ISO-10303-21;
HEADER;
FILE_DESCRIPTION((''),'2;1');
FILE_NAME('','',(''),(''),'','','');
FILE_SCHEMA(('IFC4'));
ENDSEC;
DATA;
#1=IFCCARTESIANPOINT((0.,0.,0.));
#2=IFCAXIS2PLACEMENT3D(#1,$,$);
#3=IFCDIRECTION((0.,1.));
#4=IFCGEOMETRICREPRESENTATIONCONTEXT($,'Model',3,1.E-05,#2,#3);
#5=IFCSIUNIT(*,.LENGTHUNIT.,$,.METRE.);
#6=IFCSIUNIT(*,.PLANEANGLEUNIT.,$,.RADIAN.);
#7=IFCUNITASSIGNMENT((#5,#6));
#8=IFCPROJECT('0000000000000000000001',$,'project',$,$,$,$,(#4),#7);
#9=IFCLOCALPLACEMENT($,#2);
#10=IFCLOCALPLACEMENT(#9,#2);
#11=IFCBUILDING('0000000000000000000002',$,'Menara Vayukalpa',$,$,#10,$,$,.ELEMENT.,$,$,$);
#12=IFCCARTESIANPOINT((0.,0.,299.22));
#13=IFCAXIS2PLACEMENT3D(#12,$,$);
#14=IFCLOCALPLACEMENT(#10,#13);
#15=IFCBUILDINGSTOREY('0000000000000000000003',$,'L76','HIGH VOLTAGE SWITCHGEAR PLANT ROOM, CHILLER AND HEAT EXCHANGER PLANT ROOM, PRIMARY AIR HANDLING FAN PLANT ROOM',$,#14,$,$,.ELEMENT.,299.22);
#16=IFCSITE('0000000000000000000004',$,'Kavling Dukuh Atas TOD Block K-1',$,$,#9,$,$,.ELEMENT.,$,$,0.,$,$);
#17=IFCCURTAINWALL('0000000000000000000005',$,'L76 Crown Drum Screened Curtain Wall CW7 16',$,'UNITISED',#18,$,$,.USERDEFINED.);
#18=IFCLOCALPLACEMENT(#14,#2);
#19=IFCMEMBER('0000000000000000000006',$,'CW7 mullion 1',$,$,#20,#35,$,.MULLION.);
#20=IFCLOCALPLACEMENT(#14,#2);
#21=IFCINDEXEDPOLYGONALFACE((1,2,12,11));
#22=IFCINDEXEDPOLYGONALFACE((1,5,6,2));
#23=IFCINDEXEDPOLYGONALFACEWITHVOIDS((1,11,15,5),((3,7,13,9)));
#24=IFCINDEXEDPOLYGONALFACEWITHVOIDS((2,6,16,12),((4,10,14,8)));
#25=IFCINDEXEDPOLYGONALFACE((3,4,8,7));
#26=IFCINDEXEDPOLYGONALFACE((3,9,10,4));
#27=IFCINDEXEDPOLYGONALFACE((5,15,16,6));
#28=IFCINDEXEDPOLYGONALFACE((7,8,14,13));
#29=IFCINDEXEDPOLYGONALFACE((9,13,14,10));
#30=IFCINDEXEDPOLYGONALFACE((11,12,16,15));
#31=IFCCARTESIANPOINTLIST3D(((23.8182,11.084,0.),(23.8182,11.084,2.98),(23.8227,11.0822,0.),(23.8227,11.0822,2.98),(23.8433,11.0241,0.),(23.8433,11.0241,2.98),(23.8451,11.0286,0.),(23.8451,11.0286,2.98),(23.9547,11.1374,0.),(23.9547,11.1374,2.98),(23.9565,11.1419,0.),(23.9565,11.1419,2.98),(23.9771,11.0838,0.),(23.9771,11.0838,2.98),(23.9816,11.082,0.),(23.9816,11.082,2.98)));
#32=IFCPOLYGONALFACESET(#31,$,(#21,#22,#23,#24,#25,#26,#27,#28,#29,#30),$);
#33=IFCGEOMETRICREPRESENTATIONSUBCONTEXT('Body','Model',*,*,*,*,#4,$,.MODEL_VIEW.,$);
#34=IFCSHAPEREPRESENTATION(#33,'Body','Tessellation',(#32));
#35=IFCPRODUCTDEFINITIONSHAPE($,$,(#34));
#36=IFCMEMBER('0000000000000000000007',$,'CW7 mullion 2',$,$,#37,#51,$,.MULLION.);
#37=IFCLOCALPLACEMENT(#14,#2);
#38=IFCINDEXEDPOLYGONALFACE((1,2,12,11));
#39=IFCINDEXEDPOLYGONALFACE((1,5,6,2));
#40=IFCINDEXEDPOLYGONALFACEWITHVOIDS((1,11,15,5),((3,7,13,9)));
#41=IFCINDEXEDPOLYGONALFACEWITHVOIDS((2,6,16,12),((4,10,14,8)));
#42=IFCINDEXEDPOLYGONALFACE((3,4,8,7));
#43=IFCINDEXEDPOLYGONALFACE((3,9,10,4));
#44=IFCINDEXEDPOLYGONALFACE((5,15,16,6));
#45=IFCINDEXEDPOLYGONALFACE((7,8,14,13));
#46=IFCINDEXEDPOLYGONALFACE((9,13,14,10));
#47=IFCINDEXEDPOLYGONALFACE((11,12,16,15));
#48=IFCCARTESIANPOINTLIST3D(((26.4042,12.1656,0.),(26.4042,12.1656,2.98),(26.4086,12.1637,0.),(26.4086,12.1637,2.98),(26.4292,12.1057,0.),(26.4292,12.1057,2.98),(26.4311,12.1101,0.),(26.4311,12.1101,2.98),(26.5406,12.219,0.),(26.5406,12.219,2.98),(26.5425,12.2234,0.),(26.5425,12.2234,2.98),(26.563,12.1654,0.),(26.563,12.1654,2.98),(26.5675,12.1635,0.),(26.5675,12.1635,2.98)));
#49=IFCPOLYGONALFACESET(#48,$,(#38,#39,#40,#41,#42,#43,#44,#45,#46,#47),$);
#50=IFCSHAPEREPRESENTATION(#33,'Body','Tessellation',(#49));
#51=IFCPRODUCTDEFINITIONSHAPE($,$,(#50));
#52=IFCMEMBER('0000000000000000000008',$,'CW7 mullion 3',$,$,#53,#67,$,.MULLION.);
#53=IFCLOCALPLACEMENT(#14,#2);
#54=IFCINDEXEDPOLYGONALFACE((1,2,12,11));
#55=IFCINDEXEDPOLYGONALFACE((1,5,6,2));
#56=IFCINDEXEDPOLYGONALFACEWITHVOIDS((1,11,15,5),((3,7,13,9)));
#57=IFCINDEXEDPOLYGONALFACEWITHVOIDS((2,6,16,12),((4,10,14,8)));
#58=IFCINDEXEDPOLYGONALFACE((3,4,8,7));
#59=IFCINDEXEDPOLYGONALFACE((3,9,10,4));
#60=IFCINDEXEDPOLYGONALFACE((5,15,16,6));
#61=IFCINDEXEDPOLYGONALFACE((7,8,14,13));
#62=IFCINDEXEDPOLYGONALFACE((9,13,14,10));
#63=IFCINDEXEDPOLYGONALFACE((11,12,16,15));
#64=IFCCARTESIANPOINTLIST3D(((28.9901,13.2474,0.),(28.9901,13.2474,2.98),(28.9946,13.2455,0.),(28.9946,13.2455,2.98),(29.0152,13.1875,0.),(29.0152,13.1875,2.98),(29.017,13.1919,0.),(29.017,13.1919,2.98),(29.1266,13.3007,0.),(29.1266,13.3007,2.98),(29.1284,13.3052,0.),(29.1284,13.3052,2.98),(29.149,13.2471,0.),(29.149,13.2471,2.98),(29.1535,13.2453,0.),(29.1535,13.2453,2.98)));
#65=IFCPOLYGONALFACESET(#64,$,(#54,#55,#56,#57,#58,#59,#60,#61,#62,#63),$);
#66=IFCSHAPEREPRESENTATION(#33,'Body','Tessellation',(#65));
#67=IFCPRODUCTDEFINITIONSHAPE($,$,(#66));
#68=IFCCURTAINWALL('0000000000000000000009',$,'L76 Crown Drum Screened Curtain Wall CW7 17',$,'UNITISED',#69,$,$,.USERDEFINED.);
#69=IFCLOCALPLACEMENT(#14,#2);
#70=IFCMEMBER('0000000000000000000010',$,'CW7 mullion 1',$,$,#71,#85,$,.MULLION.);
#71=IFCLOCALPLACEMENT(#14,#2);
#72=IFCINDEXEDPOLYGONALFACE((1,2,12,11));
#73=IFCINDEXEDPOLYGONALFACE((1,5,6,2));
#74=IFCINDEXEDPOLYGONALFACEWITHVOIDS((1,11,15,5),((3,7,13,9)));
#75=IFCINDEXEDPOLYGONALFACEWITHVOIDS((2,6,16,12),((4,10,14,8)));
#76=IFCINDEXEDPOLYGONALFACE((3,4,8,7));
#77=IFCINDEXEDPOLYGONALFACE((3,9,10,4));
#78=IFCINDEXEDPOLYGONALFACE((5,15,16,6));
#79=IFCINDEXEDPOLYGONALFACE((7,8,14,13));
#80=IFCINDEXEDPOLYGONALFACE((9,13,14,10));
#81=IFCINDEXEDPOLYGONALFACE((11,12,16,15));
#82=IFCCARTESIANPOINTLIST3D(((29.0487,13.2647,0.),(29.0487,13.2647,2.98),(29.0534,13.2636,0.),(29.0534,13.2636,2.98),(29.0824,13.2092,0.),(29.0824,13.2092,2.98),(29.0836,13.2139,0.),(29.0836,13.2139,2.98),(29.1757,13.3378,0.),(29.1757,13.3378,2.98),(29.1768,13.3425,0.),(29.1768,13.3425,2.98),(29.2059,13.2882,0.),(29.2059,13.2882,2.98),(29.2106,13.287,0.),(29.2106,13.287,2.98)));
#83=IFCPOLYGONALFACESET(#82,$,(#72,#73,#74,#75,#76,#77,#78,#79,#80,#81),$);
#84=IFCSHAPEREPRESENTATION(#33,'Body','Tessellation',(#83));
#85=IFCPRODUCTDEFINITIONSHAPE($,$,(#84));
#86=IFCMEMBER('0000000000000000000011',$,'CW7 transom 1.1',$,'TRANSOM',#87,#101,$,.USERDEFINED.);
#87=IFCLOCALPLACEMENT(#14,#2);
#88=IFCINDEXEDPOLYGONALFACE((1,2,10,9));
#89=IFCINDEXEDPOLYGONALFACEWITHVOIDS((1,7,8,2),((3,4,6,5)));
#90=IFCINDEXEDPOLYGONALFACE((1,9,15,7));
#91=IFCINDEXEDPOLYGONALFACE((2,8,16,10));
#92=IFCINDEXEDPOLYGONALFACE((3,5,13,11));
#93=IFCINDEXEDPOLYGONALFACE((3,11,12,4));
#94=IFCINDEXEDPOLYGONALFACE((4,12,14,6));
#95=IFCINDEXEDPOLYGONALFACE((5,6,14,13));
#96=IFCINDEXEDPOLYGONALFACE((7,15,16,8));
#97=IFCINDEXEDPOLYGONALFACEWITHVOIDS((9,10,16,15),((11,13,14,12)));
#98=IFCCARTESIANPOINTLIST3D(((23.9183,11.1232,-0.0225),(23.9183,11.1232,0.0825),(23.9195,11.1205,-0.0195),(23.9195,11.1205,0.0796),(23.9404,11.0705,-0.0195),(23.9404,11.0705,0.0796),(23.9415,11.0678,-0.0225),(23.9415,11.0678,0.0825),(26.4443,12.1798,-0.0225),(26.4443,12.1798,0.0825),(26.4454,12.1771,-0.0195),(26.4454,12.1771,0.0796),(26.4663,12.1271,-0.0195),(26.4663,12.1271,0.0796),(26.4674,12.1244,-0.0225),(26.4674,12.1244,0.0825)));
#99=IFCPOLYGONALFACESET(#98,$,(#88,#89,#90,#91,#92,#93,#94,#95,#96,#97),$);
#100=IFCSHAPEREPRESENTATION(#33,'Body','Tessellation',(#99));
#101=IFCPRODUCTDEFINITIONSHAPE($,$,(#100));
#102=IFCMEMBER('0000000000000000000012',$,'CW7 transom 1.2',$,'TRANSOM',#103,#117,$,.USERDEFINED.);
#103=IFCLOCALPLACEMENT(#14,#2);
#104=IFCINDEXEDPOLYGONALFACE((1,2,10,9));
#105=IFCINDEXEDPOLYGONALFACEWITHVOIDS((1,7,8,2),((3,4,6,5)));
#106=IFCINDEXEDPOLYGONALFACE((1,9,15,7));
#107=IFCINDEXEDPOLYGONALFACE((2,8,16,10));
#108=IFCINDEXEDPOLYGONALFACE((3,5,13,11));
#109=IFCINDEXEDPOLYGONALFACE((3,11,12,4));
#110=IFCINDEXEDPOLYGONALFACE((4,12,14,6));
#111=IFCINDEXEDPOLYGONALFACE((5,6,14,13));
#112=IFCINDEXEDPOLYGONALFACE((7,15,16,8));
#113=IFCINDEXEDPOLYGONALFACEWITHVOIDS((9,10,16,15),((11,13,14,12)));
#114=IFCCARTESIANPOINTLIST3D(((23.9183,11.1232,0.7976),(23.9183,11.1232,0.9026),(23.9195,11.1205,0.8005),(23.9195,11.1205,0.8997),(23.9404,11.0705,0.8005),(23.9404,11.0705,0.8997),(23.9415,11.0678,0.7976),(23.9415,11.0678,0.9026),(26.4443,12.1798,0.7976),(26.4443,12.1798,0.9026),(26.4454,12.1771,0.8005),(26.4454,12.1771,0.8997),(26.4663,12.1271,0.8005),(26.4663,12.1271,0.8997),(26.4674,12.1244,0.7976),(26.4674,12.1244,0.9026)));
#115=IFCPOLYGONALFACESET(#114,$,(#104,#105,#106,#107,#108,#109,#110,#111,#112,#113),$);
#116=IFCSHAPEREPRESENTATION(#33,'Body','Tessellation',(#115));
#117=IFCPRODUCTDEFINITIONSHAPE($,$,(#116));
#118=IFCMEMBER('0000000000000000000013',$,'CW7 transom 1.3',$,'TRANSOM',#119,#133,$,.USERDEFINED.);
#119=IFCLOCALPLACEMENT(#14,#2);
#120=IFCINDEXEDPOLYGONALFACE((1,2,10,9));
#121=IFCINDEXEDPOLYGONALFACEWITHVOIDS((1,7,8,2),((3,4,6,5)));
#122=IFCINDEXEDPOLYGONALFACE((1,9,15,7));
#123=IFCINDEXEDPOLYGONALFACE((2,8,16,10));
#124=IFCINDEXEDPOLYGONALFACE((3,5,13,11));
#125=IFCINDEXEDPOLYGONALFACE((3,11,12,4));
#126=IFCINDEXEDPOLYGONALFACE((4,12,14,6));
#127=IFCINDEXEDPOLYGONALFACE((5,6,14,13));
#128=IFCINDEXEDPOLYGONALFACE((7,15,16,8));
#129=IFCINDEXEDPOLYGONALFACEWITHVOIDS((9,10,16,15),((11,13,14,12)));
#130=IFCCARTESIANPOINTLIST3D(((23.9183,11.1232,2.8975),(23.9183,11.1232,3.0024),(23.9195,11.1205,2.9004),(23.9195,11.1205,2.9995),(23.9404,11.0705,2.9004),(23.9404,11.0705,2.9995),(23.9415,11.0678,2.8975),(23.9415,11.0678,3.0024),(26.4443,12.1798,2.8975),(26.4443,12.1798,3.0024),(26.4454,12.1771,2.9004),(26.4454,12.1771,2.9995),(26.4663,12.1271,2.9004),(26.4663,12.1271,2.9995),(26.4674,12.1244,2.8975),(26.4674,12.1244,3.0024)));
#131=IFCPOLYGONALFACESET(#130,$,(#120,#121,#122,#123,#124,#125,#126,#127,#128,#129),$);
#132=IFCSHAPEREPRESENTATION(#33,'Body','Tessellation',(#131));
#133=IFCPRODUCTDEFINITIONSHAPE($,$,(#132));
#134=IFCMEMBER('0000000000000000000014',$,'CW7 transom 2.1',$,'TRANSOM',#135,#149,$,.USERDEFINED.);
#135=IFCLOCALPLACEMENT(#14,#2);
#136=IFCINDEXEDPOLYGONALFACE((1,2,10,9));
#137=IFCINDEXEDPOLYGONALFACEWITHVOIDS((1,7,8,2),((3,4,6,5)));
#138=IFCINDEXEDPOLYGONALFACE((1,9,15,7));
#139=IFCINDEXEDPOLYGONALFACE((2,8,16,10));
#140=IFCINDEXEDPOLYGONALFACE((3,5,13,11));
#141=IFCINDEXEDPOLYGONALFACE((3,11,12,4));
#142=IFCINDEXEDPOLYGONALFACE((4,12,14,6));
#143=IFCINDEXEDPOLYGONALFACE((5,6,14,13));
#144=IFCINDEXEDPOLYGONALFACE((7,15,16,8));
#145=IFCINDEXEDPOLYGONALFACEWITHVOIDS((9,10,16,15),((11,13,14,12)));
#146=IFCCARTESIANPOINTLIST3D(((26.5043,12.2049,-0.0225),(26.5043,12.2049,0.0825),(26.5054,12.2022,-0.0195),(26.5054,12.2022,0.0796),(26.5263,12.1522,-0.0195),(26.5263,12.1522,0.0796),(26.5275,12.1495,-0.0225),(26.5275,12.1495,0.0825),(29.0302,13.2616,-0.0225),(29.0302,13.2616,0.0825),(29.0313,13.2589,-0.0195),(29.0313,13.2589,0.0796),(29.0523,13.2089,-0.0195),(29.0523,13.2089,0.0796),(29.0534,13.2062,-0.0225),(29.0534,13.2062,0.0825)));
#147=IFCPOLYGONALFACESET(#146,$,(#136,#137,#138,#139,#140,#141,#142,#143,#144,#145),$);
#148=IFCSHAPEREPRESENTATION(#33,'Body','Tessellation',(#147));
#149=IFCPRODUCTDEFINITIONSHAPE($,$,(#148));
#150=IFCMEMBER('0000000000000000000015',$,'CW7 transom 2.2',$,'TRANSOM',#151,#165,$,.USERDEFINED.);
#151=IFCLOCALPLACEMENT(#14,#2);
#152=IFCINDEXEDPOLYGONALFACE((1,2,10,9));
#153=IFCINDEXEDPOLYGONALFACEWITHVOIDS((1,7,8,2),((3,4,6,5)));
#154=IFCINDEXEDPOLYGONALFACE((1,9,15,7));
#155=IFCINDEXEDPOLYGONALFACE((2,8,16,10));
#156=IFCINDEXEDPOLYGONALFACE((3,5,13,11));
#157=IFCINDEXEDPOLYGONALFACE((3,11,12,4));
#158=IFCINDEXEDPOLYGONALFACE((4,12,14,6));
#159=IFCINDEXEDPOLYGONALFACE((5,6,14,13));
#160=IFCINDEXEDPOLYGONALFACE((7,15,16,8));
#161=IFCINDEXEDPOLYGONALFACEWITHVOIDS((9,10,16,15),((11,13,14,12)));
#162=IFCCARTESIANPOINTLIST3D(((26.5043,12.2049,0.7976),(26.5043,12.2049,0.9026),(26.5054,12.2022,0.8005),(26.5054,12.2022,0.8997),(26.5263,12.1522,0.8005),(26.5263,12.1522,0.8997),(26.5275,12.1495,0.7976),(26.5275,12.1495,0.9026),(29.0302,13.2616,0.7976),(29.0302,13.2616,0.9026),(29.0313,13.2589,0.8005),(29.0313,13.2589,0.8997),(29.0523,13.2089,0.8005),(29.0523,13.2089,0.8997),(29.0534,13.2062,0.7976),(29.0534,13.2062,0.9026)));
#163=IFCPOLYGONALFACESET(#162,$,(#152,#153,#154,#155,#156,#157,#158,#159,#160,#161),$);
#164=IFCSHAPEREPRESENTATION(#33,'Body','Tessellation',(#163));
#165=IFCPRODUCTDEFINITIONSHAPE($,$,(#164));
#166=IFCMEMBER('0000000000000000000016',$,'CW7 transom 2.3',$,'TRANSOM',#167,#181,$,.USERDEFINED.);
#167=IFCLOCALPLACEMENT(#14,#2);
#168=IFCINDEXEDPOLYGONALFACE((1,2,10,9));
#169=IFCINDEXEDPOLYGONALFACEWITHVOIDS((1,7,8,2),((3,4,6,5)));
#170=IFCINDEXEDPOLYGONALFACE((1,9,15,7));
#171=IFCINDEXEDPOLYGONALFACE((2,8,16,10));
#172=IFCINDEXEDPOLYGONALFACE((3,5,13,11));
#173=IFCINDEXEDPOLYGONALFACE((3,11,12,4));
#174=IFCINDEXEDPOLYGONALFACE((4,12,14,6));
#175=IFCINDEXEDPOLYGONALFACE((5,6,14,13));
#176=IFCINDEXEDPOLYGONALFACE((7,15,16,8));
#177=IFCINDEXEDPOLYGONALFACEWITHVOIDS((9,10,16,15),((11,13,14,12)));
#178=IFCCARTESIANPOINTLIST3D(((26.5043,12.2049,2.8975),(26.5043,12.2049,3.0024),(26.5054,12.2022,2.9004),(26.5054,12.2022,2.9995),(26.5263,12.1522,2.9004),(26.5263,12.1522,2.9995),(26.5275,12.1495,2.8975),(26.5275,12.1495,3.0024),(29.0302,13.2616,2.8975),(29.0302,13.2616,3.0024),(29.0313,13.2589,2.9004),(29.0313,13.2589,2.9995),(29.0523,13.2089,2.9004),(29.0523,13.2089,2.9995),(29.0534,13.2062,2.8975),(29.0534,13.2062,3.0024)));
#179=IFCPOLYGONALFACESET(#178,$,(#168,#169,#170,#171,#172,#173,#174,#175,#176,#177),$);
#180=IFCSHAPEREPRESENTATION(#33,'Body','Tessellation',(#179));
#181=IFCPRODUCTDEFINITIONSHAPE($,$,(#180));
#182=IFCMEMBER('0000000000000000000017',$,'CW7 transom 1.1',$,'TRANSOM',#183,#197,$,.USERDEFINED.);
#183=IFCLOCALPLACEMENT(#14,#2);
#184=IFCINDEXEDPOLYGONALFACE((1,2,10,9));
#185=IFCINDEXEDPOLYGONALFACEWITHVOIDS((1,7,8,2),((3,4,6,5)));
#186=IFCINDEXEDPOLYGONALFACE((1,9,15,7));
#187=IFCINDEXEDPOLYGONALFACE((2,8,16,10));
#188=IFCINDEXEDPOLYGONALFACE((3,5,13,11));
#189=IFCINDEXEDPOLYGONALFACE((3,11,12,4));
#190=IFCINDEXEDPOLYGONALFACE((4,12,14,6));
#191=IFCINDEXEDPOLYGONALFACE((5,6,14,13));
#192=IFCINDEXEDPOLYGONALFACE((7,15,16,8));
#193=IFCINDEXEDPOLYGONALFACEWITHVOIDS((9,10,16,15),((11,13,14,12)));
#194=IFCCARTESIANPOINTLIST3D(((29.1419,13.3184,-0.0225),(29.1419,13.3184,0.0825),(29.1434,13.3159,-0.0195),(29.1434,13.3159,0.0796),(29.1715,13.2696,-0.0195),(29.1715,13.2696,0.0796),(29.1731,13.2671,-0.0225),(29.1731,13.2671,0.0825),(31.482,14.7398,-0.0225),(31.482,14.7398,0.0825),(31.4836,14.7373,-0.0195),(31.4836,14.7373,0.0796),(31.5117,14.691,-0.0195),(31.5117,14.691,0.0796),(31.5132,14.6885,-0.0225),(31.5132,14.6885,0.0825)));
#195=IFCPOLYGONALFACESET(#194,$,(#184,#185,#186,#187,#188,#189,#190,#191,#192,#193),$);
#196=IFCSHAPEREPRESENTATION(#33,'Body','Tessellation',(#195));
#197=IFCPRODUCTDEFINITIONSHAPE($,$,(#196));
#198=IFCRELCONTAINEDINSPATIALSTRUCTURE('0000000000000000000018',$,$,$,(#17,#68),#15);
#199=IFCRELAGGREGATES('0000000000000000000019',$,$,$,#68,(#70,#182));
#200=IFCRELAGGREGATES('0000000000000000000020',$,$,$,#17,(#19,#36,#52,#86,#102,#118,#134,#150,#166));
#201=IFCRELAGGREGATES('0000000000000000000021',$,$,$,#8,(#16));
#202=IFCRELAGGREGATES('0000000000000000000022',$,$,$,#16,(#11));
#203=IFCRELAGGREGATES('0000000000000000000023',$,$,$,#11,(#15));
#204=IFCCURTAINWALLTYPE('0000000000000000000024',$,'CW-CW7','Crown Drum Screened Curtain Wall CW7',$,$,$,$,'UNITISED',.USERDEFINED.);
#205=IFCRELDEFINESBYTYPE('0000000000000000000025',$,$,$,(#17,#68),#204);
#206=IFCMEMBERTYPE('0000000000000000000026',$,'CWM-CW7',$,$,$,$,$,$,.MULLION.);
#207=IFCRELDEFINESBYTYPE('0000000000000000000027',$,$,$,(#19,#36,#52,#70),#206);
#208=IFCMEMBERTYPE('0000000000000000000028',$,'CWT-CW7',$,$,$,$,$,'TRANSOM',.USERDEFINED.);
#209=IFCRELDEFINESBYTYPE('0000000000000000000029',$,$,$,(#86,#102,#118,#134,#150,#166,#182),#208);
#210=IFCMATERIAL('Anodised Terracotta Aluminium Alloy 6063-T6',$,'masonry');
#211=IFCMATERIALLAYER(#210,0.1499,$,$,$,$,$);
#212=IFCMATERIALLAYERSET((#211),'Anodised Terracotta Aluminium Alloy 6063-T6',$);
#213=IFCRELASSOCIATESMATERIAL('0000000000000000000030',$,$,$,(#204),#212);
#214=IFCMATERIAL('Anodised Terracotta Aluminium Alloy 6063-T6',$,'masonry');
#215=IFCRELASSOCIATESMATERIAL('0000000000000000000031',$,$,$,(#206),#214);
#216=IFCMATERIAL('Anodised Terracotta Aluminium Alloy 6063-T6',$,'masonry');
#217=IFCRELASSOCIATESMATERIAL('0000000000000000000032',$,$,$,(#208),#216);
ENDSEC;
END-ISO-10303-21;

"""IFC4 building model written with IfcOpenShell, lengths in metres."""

from ifc_helpers import new_model, si_unit, direction, frame, origin, origin_2d, place, context, subcontext, project, spatial, hollow_rectangle, extrude, material, layer, layer_set, material_profile, profile_set, type_object, element, aggregate, save


model = new_model("IFC4")

# Units and contexts
model_context = context("Model", 3, precision=1e-05, world=origin(), true_north=direction((0.0, 1.0)))
body_context = subcontext(model_context, "Body", "Model", "MODEL_VIEW")
ifc_project = project(units=[si_unit("LENGTHUNIT", "METRE"), si_unit("PLANEANGLEUNIT", "RADIAN")], contexts=[model_context])

# Site, building, storey
site_placement = place(None, origin())
site = spatial("IfcSite", under=ifc_project, at=site_placement, Name="Kavling Dukuh Atas TOD Block K-1", CompositionType="ELEMENT", RefElevation=0.0)
building_placement = place(site_placement, origin())
building = spatial("IfcBuilding", under=site, at=building_placement, Name="Menara Vayukalpa", CompositionType="ELEMENT")
storey_placement = place(building_placement, frame((0.0, 0.0, 299.22)))
storey = spatial("IfcBuildingStorey", under=building, at=storey_placement, Name="L76", Description="HIGH VOLTAGE SWITCHGEAR PLANT ROOM, CHILLER AND HEAT EXCHANGER PLANT ROOM, PRIMARY AIR HANDLING FAN PLANT ROOM", CompositionType="ELEMENT", Elevation=299.22)

# Curtain wall, members
ifc_material_1 = material(Name="Anodised Terracotta Aluminium Alloy 6063-T6", Category="masonry")
ifc_layer_1 = layer(ifc_material_1, 0.1499)
ifc_layer_set_1 = layer_set([ifc_layer_1], Name="Anodised Terracotta Aluminium Alloy 6063-T6")
curtain_wall_type = type_object("IfcCurtainWallType", Name="CW-CW7", Description="Crown Drum Screened Curtain Wall CW7", ElementType="UNITISED", PredefinedType="USERDEFINED", material=ifc_layer_set_1)
curtain_wall_1_placement = place(storey_placement, origin())
curtain_wall_1 = element("IfcCurtainWall", 1, at=curtain_wall_1_placement, inside=storey, type_object=curtain_wall_type, Name="L76 Crown Drum Screened Curtain Wall CW7 16", ObjectType="UNITISED", PredefinedType="USERDEFINED")
ifc_material_2 = material(Name="Anodised Terracotta Aluminium Alloy 6063-T6", Category="masonry")
ifc_material_profile_1 = material_profile(ifc_material_2, hollow_rectangle(XDim=0.0649, YDim=0.1499, WallThickness=0.0034, at=origin_2d()), Name="ALU 65x150x3.5")
ifc_profile_set_1 = profile_set([ifc_material_profile_1], Name="Anodised Terracotta Aluminium Alloy 6063-T6")
member_type_1 = type_object("IfcMemberType", Name="CWM-CW7", PredefinedType="MULLION", material=ifc_profile_set_1)
member_1_placement = place(storey_placement, frame((23.8999, 11.083, 0.0), z_axis=(0.0, 0.0, 1.0), x_axis=(-0.385898, 0.922541, 0.0)))
member_1 = element("IfcMember", 2, at=member_1_placement, type_object=member_type_1, Name="CW7 mullion 1", PredefinedType="MULLION", context=body_context, shape_type="SweptSolid", body=[
    extrude(hollow_rectangle(XDim=0.0649, YDim=0.1499, WallThickness=0.0034, at=origin_2d()), origin(), (0.0, 0.0, 1.0), 2.98),
])
member_2_placement = place(storey_placement, frame((26.4858, 12.1646, 0.0), z_axis=(0.0, 0.0, 1.0), x_axis=(-0.385898, 0.922541, 0.0)))
member_2 = element("IfcMember", 3, at=member_2_placement, type_object=member_type_1, Name="CW7 mullion 2", PredefinedType="MULLION", context=body_context, shape_type="SweptSolid", body=[
    extrude(hollow_rectangle(XDim=0.0649, YDim=0.1499, WallThickness=0.0034, at=origin_2d()), origin(), (0.0, 0.0, 1.0), 2.98),
])
member_3_placement = place(storey_placement, frame((29.0718, 13.2463, 0.0), z_axis=(0.0, 0.0, 1.0), x_axis=(-0.385898, 0.922541, 0.0)))
member_3 = element("IfcMember", 4, at=member_3_placement, type_object=member_type_1, Name="CW7 mullion 3", PredefinedType="MULLION", context=body_context, shape_type="SweptSolid", body=[
    extrude(hollow_rectangle(XDim=0.0649, YDim=0.1499, WallThickness=0.0034, at=origin_2d()), origin(), (0.0, 0.0, 1.0), 2.98),
])

# Curtain wall, member
curtain_wall_2_placement = place(storey_placement, origin())
curtain_wall_2 = element("IfcCurtainWall", 5, at=curtain_wall_2_placement, inside=storey, type_object=curtain_wall_type, Name="L76 Crown Drum Screened Curtain Wall CW7 17", ObjectType="UNITISED", PredefinedType="USERDEFINED")
member_4_placement = place(storey_placement, frame((29.1296, 13.2759, 0.0), z_axis=(0.0, 0.0, 1.0), x_axis=(-0.519176, 0.854667, 0.0)))
member_4 = element("IfcMember", 6, at=member_4_placement, type_object=member_type_1, Name="CW7 mullion 1", PredefinedType="MULLION", context=body_context, shape_type="SweptSolid", body=[
    extrude(hollow_rectangle(XDim=0.0649, YDim=0.1499, WallThickness=0.0034, at=origin_2d()), origin(), (0.0, 0.0, 1.0), 2.98),
])

# Members
ifc_material_3 = material(Name="Anodised Terracotta Aluminium Alloy 6063-T6", Category="masonry")
ifc_material_profile_2 = material_profile(ifc_material_3, hollow_rectangle(XDim=0.0601, YDim=0.105, WallThickness=0.0029, at=origin_2d()), Name="ALU 60x105x3")
ifc_profile_set_2 = profile_set([ifc_material_profile_2], Name="Anodised Terracotta Aluminium Alloy 6063-T6")
member_type_2 = type_object("IfcMemberType", Name="CWT-CW7", ElementType="TRANSOM", PredefinedType="USERDEFINED", material=ifc_profile_set_2)
member_5_placement = place(storey_placement, frame((23.9299, 11.0955, 0.03), z_axis=(0.922533, 0.385919, 0.0), x_axis=(-0.385919, 0.922533, 0.0)))
member_5 = element("IfcMember", 7, at=member_5_placement, type_object=member_type_2, Name="CW7 transom 1.1", ObjectType="TRANSOM", PredefinedType="USERDEFINED", context=body_context, shape_type="SweptSolid", body=[
    extrude(hollow_rectangle(XDim=0.0601, YDim=0.105, WallThickness=0.0029, at=origin_2d()), origin(), (0.0, 0.0, 1.0), 2.738),
])
member_6_placement = place(storey_placement, frame((23.9299, 11.0955, 0.8501), z_axis=(0.922533, 0.385919, 0.0), x_axis=(-0.385919, 0.922533, 0.0)))
member_6 = element("IfcMember", 8, at=member_6_placement, type_object=member_type_2, Name="CW7 transom 1.2", ObjectType="TRANSOM", PredefinedType="USERDEFINED", context=body_context, shape_type="SweptSolid", body=[
    extrude(hollow_rectangle(XDim=0.0601, YDim=0.105, WallThickness=0.0029, at=origin_2d()), origin(), (0.0, 0.0, 1.0), 2.738),
])
member_7_placement = place(storey_placement, frame((23.9299, 11.0955, 2.95), z_axis=(0.922533, 0.385919, 0.0), x_axis=(-0.385919, 0.922533, 0.0)))
member_7 = element("IfcMember", 9, at=member_7_placement, type_object=member_type_2, Name="CW7 transom 1.3", ObjectType="TRANSOM", PredefinedType="USERDEFINED", context=body_context, shape_type="SweptSolid", body=[
    extrude(hollow_rectangle(XDim=0.0601, YDim=0.105, WallThickness=0.0029, at=origin_2d()), origin(), (0.0, 0.0, 1.0), 2.738),
])
member_8_placement = place(storey_placement, frame((26.5159, 12.1772, 0.03), z_axis=(0.922533, 0.385919, 0.0), x_axis=(-0.385919, 0.922533, 0.0)))
member_8 = element("IfcMember", 10, at=member_8_placement, type_object=member_type_2, Name="CW7 transom 2.1", ObjectType="TRANSOM", PredefinedType="USERDEFINED", context=body_context, shape_type="SweptSolid", body=[
    extrude(hollow_rectangle(XDim=0.0601, YDim=0.105, WallThickness=0.0029, at=origin_2d()), origin(), (0.0, 0.0, 1.0), 2.738),
])
member_9_placement = place(storey_placement, frame((26.5159, 12.1772, 0.8501), z_axis=(0.922533, 0.385919, 0.0), x_axis=(-0.385919, 0.922533, 0.0)))
member_9 = element("IfcMember", 11, at=member_9_placement, type_object=member_type_2, Name="CW7 transom 2.2", ObjectType="TRANSOM", PredefinedType="USERDEFINED", context=body_context, shape_type="SweptSolid", body=[
    extrude(hollow_rectangle(XDim=0.0601, YDim=0.105, WallThickness=0.0029, at=origin_2d()), origin(), (0.0, 0.0, 1.0), 2.738),
])
member_10_placement = place(storey_placement, frame((26.5159, 12.1772, 2.95), z_axis=(0.922533, 0.385919, 0.0), x_axis=(-0.385919, 0.922533, 0.0)))
member_10 = element("IfcMember", 12, at=member_10_placement, type_object=member_type_2, Name="CW7 transom 2.3", ObjectType="TRANSOM", PredefinedType="USERDEFINED", context=body_context, shape_type="SweptSolid", body=[
    extrude(hollow_rectangle(XDim=0.0601, YDim=0.105, WallThickness=0.0029, at=origin_2d()), origin(), (0.0, 0.0, 1.0), 2.738),
])
member_11_placement = place(storey_placement, frame((29.1575, 13.2927, 0.03), z_axis=(0.854687, 0.519143, 0.0), x_axis=(-0.519143, 0.854687, 0.0)))
member_11 = element("IfcMember", 13, at=member_11_placement, type_object=member_type_2, Name="CW7 transom 1.1", ObjectType="TRANSOM", PredefinedType="USERDEFINED", context=body_context, shape_type="SweptSolid", body=[
    extrude(hollow_rectangle(XDim=0.0601, YDim=0.105, WallThickness=0.0029, at=origin_2d()), origin(), (0.0, 0.0, 1.0), 2.738),
])
aggregate(curtain_wall_2, [member_4, member_11])

aggregate(curtain_wall_1, [member_1, member_2, member_3, member_5, member_6, member_7, member_8, member_9, member_10])

save(model, "model.ifc")
